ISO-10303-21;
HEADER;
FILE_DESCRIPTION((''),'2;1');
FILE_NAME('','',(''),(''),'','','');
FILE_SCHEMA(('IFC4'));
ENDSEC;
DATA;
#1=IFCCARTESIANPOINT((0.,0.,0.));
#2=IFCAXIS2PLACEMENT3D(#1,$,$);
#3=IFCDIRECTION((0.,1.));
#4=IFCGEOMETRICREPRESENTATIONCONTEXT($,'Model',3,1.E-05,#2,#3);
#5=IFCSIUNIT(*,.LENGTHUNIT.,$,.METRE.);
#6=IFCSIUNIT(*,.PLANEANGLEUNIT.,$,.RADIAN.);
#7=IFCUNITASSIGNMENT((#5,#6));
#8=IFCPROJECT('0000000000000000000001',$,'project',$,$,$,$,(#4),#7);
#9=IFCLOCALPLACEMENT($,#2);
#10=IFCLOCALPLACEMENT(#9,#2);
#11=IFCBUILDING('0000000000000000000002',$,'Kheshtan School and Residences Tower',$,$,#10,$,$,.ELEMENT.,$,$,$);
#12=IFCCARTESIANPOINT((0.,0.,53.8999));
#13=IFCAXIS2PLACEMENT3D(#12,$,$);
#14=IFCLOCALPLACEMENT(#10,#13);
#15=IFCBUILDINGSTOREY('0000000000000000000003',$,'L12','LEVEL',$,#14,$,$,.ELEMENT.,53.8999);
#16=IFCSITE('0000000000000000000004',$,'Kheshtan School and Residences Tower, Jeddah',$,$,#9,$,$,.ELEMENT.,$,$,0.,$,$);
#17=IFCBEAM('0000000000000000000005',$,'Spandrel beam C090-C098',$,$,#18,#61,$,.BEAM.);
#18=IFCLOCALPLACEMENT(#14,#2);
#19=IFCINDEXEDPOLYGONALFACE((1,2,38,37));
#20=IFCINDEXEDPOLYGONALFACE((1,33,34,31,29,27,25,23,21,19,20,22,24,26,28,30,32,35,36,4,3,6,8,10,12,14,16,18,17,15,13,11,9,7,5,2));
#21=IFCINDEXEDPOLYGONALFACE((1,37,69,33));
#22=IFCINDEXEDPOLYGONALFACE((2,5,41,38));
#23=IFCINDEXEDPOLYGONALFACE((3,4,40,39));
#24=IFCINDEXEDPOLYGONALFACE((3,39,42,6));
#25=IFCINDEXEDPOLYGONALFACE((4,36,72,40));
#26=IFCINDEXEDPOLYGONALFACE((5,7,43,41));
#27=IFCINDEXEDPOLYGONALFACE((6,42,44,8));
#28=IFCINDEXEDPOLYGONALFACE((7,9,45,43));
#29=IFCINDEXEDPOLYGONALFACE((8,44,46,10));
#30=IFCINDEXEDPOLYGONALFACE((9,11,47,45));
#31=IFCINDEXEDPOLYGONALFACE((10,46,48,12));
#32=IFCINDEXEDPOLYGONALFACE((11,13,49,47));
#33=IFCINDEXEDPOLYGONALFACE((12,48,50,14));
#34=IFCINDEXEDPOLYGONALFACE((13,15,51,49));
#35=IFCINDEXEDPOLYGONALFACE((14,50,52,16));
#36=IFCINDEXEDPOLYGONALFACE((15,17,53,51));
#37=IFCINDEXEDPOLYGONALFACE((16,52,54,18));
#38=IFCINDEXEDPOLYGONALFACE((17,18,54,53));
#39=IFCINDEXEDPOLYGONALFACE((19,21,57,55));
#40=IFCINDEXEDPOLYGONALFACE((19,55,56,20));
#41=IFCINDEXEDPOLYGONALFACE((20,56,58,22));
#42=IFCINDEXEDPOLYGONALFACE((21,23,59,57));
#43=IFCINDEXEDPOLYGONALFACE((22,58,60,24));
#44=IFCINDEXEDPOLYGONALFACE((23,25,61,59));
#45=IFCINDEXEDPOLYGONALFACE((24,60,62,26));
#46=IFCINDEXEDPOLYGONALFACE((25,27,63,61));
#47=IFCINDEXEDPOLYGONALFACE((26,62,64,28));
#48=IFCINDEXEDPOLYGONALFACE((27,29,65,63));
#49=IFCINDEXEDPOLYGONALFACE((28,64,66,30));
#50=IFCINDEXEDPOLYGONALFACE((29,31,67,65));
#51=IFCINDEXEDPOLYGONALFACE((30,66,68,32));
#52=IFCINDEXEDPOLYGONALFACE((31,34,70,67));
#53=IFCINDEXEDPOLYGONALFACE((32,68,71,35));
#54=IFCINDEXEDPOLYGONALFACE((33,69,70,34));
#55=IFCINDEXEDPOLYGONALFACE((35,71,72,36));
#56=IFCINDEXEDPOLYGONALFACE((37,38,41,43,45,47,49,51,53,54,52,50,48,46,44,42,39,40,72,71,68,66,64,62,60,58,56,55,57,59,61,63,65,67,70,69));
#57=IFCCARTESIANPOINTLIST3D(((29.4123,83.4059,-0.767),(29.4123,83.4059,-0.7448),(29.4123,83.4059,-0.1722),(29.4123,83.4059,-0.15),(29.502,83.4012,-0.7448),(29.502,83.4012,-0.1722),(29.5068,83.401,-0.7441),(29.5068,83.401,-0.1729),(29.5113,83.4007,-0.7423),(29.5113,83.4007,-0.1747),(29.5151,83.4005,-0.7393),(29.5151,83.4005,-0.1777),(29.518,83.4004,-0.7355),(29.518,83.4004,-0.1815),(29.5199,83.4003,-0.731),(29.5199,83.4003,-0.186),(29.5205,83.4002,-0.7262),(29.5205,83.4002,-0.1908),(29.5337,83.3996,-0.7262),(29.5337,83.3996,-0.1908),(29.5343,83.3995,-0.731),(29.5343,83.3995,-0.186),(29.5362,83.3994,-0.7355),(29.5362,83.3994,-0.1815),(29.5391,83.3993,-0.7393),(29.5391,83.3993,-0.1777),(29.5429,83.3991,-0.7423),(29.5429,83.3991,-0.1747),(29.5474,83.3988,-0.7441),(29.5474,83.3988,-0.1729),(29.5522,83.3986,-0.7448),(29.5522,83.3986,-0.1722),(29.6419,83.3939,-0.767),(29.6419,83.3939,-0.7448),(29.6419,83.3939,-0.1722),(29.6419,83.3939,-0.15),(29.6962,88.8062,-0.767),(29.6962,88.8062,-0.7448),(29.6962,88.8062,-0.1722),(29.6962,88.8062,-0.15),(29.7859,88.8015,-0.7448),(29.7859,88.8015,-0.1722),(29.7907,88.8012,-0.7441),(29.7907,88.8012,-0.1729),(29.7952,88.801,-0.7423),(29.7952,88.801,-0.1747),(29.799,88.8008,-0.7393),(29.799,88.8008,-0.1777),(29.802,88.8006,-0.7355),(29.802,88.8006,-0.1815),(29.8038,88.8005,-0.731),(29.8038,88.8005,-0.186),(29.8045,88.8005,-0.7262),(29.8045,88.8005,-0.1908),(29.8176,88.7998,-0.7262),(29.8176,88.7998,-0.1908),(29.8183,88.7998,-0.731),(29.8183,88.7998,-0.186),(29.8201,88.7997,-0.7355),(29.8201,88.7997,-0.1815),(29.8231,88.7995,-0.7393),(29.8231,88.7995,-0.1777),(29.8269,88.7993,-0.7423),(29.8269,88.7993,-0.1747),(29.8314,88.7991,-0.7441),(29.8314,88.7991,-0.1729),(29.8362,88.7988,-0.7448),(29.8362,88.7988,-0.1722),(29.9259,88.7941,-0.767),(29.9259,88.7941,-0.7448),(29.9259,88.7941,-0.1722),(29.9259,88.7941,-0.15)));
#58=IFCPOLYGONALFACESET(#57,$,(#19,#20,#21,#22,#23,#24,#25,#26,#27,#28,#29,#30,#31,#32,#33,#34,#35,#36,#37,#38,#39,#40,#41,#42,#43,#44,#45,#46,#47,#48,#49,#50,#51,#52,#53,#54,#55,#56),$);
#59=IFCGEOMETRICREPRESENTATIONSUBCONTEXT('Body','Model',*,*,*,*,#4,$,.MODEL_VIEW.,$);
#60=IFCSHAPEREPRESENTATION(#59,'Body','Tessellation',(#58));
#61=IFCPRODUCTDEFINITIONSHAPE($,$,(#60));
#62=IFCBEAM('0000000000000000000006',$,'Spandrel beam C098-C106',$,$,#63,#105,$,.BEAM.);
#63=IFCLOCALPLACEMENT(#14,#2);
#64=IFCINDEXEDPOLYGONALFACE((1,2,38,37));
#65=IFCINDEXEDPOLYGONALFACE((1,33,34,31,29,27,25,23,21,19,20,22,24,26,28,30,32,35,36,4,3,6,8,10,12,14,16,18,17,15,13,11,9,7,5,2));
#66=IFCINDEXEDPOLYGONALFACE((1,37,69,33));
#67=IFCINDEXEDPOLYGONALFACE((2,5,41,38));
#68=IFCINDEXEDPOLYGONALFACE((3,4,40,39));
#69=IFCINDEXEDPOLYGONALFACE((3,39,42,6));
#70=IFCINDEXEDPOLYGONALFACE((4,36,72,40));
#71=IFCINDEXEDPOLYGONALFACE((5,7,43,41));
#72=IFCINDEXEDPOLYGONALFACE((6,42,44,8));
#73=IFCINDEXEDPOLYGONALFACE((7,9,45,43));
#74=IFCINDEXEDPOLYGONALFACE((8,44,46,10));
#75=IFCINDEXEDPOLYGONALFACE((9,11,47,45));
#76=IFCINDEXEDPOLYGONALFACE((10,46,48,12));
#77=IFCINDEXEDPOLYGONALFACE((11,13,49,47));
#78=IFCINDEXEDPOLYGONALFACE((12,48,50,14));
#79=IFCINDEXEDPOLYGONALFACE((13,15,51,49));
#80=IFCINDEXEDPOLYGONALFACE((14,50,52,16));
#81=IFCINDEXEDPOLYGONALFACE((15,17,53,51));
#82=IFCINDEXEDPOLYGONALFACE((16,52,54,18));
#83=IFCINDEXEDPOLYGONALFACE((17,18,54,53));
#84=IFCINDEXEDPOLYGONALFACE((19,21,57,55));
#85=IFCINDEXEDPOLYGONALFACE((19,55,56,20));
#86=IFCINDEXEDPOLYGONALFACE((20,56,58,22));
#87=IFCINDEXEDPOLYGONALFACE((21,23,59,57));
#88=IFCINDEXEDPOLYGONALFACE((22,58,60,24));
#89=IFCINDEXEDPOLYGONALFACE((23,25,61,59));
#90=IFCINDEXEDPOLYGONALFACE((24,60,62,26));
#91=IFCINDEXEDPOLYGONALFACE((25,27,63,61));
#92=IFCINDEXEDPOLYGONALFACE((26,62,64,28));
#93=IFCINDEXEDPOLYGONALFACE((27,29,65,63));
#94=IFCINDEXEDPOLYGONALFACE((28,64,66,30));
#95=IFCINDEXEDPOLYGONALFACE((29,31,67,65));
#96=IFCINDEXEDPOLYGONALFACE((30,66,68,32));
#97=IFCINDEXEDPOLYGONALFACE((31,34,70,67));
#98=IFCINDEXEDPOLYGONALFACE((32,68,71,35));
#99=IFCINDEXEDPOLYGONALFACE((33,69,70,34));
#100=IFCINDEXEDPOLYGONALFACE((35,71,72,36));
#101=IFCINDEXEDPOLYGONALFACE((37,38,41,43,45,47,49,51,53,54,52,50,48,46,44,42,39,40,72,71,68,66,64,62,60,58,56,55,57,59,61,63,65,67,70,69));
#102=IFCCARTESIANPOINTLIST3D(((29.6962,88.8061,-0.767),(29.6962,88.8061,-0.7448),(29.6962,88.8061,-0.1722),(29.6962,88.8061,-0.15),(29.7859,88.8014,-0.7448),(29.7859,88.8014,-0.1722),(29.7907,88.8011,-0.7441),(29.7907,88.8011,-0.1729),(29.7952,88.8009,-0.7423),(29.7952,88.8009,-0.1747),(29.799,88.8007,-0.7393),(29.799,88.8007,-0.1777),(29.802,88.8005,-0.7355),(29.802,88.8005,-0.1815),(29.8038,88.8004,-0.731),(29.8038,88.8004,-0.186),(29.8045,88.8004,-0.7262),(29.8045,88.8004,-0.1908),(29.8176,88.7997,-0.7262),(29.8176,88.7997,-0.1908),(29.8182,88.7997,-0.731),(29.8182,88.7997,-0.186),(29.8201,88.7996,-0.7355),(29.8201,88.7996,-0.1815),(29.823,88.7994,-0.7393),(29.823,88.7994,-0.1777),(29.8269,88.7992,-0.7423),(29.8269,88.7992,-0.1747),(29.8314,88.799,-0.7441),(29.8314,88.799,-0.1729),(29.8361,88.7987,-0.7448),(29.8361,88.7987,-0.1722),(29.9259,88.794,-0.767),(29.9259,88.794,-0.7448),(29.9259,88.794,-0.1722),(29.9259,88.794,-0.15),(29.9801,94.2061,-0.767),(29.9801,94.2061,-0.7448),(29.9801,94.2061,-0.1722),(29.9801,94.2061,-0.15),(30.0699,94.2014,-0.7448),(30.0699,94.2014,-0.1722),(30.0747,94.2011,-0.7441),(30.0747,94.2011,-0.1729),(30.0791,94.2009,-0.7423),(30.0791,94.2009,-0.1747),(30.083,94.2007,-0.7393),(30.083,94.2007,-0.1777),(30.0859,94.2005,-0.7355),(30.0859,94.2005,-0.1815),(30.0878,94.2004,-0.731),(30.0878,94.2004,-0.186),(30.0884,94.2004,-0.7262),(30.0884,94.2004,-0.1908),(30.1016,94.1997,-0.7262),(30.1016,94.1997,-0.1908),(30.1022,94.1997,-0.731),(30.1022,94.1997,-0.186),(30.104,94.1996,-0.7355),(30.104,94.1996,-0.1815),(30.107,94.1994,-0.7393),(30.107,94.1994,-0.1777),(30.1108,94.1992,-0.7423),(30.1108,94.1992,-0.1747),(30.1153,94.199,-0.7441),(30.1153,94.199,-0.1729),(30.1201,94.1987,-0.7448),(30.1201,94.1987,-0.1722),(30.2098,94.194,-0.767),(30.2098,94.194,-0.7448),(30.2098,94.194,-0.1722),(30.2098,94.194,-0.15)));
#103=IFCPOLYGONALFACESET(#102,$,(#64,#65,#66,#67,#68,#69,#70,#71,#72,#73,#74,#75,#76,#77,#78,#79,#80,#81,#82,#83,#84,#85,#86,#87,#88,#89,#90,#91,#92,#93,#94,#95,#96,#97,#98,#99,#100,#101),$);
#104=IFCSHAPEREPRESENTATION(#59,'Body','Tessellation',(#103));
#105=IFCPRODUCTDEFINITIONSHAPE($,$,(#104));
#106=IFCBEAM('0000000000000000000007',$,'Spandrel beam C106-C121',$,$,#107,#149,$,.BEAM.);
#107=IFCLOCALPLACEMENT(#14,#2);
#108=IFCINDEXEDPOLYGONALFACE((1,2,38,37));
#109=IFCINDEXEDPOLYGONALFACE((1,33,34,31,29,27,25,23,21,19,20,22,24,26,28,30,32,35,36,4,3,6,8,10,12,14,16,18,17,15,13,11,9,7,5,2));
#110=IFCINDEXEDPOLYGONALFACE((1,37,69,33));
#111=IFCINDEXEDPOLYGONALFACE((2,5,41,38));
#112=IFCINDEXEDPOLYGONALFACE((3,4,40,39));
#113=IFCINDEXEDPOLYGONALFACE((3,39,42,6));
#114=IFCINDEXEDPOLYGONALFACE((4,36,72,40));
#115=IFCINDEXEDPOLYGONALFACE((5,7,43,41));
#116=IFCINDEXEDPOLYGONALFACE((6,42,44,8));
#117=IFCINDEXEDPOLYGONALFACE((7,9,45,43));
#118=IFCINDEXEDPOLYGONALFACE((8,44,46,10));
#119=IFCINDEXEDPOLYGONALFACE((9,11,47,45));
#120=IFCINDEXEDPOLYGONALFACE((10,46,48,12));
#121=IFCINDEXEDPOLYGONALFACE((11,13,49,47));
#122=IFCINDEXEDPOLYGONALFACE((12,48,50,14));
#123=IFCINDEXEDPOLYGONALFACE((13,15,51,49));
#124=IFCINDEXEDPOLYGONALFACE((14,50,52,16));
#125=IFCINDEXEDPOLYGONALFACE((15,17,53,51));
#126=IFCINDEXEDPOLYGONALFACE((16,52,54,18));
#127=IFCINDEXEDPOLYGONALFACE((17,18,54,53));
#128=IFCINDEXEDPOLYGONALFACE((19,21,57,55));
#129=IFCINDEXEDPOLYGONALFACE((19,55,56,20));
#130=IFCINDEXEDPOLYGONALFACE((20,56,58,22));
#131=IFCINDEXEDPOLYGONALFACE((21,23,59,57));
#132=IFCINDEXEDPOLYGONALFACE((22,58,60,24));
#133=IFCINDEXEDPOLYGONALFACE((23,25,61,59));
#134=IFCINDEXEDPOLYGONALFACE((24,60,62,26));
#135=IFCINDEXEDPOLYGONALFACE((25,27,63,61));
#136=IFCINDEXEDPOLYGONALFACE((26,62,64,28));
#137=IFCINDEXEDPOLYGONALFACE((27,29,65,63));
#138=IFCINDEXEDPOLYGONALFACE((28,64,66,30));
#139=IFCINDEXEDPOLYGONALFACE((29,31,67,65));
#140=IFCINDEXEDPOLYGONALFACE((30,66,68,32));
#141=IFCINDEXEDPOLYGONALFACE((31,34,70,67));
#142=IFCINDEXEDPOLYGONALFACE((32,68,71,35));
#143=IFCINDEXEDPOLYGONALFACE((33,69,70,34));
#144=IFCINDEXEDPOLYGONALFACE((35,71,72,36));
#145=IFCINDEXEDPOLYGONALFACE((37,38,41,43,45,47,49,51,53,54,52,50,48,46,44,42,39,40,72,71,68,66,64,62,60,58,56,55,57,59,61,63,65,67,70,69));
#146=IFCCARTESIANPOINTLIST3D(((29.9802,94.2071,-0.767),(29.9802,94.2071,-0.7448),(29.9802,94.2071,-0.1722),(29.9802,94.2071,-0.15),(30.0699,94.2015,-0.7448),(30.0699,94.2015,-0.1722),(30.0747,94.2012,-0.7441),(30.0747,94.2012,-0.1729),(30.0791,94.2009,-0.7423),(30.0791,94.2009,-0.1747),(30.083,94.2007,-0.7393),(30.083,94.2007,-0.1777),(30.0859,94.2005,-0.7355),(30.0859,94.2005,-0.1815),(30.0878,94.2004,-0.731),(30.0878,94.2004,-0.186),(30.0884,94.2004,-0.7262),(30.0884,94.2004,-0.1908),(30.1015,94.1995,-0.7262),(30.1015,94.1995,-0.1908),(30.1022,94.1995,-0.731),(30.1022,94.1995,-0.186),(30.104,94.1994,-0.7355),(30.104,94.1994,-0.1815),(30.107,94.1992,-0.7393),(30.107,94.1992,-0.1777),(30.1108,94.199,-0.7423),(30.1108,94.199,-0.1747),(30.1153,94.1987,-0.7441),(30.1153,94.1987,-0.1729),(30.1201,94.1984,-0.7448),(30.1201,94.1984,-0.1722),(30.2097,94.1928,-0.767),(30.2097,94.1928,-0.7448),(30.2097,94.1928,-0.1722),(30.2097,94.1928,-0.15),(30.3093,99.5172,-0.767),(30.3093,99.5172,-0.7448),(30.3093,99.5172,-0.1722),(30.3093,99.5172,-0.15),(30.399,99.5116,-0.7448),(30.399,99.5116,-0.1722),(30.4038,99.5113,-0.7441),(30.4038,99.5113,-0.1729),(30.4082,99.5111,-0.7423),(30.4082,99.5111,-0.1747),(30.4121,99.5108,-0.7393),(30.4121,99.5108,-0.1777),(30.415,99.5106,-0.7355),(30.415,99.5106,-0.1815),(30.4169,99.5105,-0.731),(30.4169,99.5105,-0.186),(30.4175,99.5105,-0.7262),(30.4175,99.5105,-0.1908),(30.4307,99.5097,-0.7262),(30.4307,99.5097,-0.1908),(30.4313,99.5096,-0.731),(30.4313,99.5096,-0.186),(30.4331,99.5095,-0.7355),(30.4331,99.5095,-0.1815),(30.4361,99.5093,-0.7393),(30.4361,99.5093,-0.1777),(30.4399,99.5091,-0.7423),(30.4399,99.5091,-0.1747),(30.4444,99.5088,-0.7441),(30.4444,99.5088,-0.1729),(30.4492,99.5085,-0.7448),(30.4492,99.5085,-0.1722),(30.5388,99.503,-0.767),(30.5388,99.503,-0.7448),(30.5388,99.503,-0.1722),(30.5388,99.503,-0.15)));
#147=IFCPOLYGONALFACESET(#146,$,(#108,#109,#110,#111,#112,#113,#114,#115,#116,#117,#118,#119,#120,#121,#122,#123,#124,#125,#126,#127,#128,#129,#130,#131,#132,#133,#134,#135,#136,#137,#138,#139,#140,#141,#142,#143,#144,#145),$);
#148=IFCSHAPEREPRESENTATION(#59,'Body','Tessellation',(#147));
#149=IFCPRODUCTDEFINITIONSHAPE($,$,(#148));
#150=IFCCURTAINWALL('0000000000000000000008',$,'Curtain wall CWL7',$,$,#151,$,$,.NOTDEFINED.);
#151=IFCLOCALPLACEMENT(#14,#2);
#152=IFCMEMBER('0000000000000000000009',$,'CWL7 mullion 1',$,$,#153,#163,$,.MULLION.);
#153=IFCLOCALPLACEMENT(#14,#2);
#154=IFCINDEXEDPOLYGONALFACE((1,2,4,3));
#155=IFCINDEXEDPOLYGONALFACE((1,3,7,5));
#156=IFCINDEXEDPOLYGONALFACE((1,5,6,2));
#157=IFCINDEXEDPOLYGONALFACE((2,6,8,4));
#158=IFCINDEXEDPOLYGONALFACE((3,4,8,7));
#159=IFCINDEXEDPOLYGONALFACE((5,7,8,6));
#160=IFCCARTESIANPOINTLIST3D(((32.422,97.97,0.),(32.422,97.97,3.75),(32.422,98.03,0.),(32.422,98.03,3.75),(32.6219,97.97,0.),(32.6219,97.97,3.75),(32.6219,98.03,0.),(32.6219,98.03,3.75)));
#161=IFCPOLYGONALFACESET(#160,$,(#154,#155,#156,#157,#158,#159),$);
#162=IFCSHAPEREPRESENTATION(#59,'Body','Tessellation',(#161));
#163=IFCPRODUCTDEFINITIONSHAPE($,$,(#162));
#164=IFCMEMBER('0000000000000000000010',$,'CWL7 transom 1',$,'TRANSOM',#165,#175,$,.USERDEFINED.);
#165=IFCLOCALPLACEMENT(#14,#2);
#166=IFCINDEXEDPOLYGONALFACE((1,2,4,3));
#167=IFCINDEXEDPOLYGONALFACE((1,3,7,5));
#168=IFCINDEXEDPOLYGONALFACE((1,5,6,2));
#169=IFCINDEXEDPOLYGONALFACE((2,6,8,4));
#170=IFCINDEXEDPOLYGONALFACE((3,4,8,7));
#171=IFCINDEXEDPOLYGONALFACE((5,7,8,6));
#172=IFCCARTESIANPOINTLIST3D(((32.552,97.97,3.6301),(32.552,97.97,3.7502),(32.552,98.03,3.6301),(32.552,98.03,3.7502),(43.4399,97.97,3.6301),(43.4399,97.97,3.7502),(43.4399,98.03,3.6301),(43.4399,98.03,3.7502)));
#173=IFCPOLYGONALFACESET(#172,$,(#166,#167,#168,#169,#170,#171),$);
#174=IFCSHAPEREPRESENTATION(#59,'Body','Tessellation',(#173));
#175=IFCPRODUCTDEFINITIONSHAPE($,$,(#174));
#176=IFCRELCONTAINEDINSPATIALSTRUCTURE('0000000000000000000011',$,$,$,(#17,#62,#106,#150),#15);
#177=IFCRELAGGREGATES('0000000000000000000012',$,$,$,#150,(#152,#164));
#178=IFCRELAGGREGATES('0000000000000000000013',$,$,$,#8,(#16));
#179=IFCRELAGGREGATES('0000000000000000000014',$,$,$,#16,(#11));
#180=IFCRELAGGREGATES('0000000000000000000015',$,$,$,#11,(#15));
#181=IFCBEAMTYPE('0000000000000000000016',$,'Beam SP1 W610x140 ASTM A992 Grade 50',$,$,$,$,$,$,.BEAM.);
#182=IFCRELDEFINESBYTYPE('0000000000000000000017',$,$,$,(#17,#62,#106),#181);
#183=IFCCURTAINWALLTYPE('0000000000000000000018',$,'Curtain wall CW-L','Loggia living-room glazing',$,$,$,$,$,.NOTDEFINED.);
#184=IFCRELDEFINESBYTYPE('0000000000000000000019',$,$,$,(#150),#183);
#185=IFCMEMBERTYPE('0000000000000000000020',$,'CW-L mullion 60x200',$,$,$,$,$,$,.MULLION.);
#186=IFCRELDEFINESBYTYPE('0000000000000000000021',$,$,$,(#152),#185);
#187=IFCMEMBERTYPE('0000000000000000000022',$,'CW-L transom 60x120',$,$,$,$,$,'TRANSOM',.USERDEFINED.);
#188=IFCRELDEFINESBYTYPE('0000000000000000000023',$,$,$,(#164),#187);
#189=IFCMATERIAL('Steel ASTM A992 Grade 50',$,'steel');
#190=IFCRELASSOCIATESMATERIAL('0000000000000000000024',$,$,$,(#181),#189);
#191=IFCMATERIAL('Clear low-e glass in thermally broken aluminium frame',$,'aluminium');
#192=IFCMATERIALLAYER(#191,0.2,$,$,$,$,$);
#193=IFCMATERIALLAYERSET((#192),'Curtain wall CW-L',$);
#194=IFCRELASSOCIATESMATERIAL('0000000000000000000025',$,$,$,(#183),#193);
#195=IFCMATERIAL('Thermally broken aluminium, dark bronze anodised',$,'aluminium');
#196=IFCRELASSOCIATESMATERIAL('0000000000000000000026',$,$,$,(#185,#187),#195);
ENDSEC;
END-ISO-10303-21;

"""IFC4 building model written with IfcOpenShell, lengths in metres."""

from ifc_helpers import new_model, si_unit, direction, frame, origin, origin_2d, place, context, subcontext, project, spatial, rectangle, i_section, extrude, material, layer, layer_set, material_profile, profile_set, type_object, element, aggregate, save


model = new_model("IFC4")

# Units and contexts
model_context = context("Model", 3, precision=1e-05, world=origin(), true_north=direction((0.0, 1.0)))
body_context = subcontext(model_context, "Body", "Model", "MODEL_VIEW")
ifc_project = project(units=[si_unit("LENGTHUNIT", "METRE"), si_unit("PLANEANGLEUNIT", "RADIAN")], contexts=[model_context])

# Site, building, storey
site_placement = place(None, origin())
site = spatial("IfcSite", under=ifc_project, at=site_placement, Name="Kheshtan School and Residences Tower, Jeddah", CompositionType="ELEMENT", RefElevation=0.0)
building_placement = place(site_placement, origin())
building = spatial("IfcBuilding", under=site, at=building_placement, Name="Kheshtan School and Residences Tower", CompositionType="ELEMENT")
storey_placement = place(building_placement, frame((0.0, 0.0, 53.8999)))
storey = spatial("IfcBuildingStorey", under=building, at=storey_placement, Name="L12", Description="LEVEL", CompositionType="ELEMENT", Elevation=53.8999)

# Shared definitions
ifc_material_1 = material(Name="Steel ASTM A992 Grade 50", Category="steel")

# Beams
ifc_material_profile_1 = material_profile(ifc_material_1, i_section(OverallWidth=0.23, OverallDepth=0.6169, WebThickness=0.0132, FlangeThickness=0.0222, FilletRadius=0.0186, at=origin_2d()), Name="W610x140")
ifc_profile_set_1 = profile_set([ifc_material_profile_1], Name="Steel ASTM A992 Grade 50")
beam_type_1 = type_object("IfcBeamType", Name="Beam SP1 W610x140 ASTM A992 Grade 50", PredefinedType="BEAM", material=ifc_profile_set_1)
beam_1_placement = place(storey_placement, frame((29.5271, 83.3999, -0.4585), z_axis=(0.052507, 0.998621, 0.0), x_axis=(-0.998621, 0.052507, 0.0)))
element("IfcBeam", 1, at=beam_1_placement, inside=storey, type_object=beam_type_1, Name="Spandrel beam C090-C098", PredefinedType="BEAM", context=body_context, shape_type="SweptSolid", body=[
    extrude(i_section(OverallWidth=0.23, OverallDepth=0.6169, WebThickness=0.0132, FlangeThickness=0.0222, FilletRadius=0.0186, at=origin_2d()), origin(), (0.0, 0.0, 1.0), 5.4077),
])
beam_2_placement = place(storey_placement, frame((29.811, 88.8, -0.4585), z_axis=(0.052509, 0.99862, 0.0), x_axis=(-0.99862, 0.052509, 0.0)))
element("IfcBeam", 2, at=beam_2_placement, inside=storey, type_object=beam_type_1, Name="Spandrel beam C098-C106", PredefinedType="BEAM", context=body_context, shape_type="SweptSolid", body=[
    extrude(i_section(OverallWidth=0.23, OverallDepth=0.6169, WebThickness=0.0132, FlangeThickness=0.0222, FilletRadius=0.0186, at=origin_2d()), origin(), (0.0, 0.0, 1.0), 5.4075),
])
beam_3_placement = place(storey_placement, frame((30.095, 94.2, -0.4585), z_axis=(0.061858, 0.998085, 0.0), x_axis=(-0.998085, 0.061858, 0.0)))
element("IfcBeam", 3, at=beam_3_placement, inside=storey, type_object=beam_type_1, Name="Spandrel beam C106-C121", PredefinedType="BEAM", context=body_context, shape_type="SweptSolid", body=[
    extrude(i_section(OverallWidth=0.23, OverallDepth=0.6169, WebThickness=0.0132, FlangeThickness=0.0222, FilletRadius=0.0186, at=origin_2d()), origin(), (0.0, 0.0, 1.0), 5.3203),
])

# Curtain wall, members
ifc_material_2 = material(Name="Clear low-e glass in thermally broken aluminium frame", Category="aluminium")
ifc_layer_1 = layer(ifc_material_2, 0.2)
ifc_layer_set_1 = layer_set([ifc_layer_1], Name="Curtain wall CW-L")
curtain_wall_type = type_object("IfcCurtainWallType", Name="Curtain wall CW-L", Description="Loggia living-room glazing", PredefinedType="NOTDEFINED", material=ifc_layer_set_1)
curtain_wall_placement = place(storey_placement, origin())
curtain_wall = element("IfcCurtainWall", 4, at=curtain_wall_placement, inside=storey, type_object=curtain_wall_type, Name="Curtain wall CWL7", PredefinedType="NOTDEFINED")
ifc_material_3 = material(Name="Thermally broken aluminium, dark bronze anodised", Category="aluminium")
ifc_material_profile_2 = material_profile(ifc_material_3, rectangle(XDim=0.0601, YDim=0.2, at=origin_2d()), Name="CW-L mullion 60x200")
ifc_profile_set_2 = profile_set([ifc_material_profile_2], Name="Thermally broken aluminium, dark bronze anodised")
member_type_1 = type_object("IfcMemberType", Name="CW-L mullion 60x200", PredefinedType="MULLION", material=ifc_profile_set_2)
member_1_placement = place(storey_placement, frame((32.522, 98.0, 0.0), z_axis=(0.0, 0.0, 1.0), x_axis=(0.0, 1.0, 0.0)))
member_1 = element("IfcMember", 5, at=member_1_placement, type_object=member_type_1, Name="CWL7 mullion 1", PredefinedType="MULLION", context=body_context, shape_type="SweptSolid", body=[
    extrude(rectangle(XDim=0.0601, YDim=0.2, at=origin_2d()), origin(), (0.0, 0.0, 1.0), 3.75),
])
ifc_material_profile_3 = material_profile(ifc_material_3, rectangle(XDim=0.0601, YDim=0.1201, at=origin_2d()), Name="CW-L transom 60x120")
ifc_profile_set_3 = profile_set([ifc_material_profile_3], Name="Thermally broken aluminium, dark bronze anodised")
member_type_2 = type_object("IfcMemberType", Name="CW-L transom 60x120", ElementType="TRANSOM", PredefinedType="USERDEFINED", material=ifc_profile_set_3)
member_2_placement = place(storey_placement, frame((32.552, 98.0, 3.6902), z_axis=(1.0, 0.0, 0.0), x_axis=(0.0, 1.0, 0.0)))
member_2 = element("IfcMember", 6, at=member_2_placement, type_object=member_type_2, Name="CWL7 transom 1", ObjectType="TRANSOM", PredefinedType="USERDEFINED", context=body_context, shape_type="SweptSolid", body=[
    extrude(rectangle(XDim=0.0601, YDim=0.1201, at=origin_2d()), origin(), (0.0, 0.0, 1.0), 10.8879),
])

aggregate(curtain_wall, [member_1, member_2])

save(model, "model.ifc")
